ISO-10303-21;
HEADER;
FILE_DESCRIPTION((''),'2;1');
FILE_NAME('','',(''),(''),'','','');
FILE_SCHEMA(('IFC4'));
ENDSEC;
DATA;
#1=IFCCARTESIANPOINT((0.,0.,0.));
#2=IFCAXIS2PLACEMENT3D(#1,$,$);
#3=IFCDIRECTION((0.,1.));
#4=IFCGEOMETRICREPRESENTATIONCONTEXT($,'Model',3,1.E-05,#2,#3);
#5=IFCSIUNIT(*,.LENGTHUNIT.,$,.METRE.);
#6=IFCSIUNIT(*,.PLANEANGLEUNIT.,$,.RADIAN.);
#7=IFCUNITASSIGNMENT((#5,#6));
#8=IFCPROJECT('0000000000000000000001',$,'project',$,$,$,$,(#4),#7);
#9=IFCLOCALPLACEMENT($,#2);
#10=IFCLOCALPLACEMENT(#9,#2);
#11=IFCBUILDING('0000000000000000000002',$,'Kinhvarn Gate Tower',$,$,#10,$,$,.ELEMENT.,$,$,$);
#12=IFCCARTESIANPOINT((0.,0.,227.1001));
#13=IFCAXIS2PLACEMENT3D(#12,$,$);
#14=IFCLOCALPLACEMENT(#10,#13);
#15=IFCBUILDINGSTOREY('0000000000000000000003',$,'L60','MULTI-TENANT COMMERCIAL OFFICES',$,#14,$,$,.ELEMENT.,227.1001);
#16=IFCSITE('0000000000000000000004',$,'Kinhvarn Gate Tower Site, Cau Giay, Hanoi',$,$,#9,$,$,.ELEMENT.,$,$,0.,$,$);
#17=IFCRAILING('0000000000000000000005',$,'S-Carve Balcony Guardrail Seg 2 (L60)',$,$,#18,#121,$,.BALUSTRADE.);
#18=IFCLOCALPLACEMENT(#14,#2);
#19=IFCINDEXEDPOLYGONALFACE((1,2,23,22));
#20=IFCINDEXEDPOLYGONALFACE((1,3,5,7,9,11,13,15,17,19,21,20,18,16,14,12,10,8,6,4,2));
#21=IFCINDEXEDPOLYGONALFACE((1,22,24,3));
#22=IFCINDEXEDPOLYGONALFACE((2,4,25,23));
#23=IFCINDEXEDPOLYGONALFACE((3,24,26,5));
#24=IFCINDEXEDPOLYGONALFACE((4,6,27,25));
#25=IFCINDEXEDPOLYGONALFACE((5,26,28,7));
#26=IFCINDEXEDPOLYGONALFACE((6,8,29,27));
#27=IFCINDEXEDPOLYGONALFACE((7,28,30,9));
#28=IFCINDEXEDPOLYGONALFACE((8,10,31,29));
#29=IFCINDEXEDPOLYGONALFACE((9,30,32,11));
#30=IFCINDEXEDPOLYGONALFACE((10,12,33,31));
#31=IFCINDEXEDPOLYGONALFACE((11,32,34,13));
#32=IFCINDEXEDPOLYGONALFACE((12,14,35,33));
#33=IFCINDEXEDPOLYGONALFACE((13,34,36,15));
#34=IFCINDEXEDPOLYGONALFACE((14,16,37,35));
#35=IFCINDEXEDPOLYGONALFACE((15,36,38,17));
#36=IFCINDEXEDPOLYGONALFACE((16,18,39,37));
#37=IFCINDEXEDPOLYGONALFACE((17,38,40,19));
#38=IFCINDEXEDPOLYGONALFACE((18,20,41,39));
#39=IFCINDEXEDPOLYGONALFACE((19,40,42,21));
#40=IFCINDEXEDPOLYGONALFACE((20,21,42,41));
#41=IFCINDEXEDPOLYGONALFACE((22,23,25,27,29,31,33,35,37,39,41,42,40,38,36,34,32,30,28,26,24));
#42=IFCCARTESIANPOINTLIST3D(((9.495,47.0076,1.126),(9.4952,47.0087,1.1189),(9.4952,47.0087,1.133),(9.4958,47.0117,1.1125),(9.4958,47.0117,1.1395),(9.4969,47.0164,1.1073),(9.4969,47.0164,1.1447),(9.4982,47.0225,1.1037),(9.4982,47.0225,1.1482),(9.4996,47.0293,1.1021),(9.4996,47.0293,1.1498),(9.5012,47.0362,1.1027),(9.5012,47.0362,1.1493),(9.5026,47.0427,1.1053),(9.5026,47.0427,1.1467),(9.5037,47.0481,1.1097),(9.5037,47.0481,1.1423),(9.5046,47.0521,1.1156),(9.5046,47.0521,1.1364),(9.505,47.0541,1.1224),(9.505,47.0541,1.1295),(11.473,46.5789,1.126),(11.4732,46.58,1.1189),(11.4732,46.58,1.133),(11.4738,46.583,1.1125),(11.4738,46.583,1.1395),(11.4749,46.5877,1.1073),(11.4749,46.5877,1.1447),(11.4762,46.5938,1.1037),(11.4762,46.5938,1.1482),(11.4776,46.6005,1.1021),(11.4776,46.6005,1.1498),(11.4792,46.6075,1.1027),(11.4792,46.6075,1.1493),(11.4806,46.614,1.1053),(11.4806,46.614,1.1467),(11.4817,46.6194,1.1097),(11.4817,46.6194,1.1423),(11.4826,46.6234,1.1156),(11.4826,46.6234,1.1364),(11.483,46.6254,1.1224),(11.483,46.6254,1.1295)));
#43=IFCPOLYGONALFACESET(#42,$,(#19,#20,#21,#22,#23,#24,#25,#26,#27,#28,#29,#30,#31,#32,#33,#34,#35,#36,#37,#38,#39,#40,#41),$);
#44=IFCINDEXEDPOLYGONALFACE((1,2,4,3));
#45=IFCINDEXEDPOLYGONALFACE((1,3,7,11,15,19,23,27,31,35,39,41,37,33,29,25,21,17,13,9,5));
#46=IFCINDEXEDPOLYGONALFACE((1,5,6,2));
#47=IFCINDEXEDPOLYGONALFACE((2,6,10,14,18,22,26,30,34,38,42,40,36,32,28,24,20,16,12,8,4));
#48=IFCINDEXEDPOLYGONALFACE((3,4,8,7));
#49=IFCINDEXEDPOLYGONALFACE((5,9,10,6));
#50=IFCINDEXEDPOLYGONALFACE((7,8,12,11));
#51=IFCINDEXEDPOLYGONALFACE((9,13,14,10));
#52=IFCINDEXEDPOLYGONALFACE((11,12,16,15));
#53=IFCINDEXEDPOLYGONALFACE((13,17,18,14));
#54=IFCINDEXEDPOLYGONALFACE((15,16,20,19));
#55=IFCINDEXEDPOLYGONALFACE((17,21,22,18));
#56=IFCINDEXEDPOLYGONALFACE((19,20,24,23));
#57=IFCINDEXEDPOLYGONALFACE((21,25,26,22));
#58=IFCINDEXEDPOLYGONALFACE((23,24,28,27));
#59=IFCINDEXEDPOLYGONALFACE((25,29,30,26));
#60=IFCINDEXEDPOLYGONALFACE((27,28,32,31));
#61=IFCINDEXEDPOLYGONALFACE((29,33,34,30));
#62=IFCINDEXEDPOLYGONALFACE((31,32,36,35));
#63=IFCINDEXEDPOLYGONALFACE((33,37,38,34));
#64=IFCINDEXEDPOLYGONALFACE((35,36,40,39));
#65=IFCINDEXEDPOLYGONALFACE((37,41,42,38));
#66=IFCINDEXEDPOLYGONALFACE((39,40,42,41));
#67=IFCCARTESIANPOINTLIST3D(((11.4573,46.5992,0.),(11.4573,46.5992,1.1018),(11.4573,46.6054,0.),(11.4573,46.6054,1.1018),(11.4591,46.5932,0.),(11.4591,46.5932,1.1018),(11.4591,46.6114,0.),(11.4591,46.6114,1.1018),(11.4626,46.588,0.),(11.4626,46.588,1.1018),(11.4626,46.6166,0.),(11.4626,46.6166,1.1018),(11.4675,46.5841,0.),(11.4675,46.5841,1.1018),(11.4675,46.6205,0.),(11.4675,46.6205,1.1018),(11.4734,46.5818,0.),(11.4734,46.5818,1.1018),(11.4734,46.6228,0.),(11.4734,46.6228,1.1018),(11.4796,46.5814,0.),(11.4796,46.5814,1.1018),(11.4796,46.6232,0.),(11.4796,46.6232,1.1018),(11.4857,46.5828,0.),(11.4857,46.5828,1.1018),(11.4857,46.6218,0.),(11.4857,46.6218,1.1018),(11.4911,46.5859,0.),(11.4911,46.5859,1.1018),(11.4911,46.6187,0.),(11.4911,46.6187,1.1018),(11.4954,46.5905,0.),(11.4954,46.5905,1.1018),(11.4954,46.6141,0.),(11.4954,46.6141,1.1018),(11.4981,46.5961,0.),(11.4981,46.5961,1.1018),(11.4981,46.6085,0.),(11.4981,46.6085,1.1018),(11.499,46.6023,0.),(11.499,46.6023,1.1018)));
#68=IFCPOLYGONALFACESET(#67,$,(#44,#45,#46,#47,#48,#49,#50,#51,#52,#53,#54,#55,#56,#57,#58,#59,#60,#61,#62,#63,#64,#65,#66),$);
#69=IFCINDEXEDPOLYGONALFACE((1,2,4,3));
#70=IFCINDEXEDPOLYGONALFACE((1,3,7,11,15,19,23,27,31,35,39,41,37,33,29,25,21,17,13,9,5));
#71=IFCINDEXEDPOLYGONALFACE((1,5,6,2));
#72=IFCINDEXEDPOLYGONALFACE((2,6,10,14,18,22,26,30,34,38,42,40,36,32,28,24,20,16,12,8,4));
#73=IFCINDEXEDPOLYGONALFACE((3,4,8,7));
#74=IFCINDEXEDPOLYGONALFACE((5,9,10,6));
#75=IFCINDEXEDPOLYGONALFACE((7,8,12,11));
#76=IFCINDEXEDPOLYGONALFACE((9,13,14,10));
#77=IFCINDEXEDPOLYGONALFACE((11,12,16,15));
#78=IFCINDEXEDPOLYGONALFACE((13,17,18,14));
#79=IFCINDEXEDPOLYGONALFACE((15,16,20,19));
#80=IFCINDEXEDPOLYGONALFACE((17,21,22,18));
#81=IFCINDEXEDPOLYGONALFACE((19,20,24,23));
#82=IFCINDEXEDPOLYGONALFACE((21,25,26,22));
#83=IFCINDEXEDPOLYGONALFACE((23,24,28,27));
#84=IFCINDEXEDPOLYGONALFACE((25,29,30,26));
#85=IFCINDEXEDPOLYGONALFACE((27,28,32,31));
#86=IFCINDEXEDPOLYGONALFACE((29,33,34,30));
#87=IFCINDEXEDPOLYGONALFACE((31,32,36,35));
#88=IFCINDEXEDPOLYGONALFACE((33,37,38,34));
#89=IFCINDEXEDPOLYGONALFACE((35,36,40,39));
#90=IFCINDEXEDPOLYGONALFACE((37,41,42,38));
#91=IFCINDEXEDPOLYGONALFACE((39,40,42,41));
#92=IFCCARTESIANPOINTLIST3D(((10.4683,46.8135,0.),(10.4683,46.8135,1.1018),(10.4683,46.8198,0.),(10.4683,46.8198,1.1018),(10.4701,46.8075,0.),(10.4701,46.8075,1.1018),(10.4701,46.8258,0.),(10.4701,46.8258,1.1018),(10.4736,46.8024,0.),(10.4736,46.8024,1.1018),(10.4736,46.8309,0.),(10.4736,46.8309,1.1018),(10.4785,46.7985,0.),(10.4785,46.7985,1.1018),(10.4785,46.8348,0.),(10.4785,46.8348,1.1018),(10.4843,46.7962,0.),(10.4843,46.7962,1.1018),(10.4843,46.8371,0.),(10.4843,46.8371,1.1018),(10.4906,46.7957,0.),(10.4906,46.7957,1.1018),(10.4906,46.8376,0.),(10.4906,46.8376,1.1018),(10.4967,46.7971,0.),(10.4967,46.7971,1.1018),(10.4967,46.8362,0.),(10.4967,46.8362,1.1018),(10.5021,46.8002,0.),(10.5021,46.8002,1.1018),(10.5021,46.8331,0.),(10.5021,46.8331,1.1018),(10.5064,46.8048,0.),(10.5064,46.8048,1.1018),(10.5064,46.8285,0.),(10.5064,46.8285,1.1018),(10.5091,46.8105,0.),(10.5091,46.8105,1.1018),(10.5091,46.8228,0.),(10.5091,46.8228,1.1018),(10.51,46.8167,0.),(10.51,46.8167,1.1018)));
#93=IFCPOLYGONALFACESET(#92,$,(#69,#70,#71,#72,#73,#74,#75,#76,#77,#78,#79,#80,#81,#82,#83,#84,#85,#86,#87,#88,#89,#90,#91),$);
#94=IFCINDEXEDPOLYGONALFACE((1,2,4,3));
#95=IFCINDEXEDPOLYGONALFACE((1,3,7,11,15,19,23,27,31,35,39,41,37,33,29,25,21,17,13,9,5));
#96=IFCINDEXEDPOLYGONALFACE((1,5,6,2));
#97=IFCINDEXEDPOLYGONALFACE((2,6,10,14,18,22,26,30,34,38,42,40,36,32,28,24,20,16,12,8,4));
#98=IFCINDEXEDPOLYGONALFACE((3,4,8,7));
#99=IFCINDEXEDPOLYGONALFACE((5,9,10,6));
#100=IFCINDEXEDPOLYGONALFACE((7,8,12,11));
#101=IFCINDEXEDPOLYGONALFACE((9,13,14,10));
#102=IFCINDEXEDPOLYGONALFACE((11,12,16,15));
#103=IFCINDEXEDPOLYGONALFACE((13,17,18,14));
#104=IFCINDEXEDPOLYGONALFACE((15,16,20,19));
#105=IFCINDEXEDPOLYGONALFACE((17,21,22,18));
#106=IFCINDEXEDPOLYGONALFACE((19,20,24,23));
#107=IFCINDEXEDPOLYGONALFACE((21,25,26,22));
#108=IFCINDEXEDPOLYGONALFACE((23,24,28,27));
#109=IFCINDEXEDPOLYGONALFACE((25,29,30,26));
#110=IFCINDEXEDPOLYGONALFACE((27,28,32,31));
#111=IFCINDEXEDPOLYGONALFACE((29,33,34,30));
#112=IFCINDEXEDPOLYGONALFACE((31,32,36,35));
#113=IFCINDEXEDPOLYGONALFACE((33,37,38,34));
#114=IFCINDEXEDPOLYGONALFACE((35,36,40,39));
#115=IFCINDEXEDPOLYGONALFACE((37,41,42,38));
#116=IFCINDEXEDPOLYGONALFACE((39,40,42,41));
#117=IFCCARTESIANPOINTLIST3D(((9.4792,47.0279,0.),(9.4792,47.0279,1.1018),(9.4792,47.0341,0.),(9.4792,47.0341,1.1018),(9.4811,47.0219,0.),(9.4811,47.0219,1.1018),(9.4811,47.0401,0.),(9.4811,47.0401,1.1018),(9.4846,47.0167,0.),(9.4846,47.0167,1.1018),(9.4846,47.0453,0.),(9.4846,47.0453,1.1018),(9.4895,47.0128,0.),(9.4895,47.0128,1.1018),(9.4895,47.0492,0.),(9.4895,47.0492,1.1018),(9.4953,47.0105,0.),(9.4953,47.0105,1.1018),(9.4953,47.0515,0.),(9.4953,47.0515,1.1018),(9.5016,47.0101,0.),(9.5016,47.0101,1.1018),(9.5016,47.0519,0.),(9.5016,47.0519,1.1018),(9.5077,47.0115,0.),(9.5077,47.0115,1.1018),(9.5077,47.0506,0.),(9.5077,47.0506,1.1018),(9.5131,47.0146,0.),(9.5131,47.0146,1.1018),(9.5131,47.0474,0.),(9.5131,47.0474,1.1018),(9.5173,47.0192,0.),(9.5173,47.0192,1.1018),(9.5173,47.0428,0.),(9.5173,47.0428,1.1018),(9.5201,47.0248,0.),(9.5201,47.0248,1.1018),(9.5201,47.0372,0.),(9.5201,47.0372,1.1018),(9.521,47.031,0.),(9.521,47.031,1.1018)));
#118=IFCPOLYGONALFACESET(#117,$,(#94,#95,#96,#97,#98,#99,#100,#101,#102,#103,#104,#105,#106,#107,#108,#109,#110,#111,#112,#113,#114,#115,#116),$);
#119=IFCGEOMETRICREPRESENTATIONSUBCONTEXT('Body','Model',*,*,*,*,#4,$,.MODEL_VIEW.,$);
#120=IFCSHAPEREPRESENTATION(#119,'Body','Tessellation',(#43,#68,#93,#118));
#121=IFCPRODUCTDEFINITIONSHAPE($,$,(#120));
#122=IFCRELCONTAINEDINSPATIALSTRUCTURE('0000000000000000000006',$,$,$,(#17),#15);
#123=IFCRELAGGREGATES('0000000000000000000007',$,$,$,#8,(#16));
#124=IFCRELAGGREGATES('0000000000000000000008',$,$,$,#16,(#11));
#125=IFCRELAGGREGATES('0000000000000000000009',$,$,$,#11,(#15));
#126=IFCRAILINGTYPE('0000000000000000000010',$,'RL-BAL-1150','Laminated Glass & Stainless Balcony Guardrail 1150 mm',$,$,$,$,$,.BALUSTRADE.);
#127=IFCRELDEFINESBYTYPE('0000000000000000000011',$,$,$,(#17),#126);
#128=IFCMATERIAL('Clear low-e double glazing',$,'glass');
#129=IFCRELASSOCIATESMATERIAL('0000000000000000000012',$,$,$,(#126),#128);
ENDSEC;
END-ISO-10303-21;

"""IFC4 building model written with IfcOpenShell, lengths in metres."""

from ifc_helpers import new_model, si_unit, direction, frame, origin, origin_2d, place, context, subcontext, project, spatial, circle, extrude, material, type_object, element, save


model = new_model("IFC4")

# Units and contexts
model_context = context("Model", 3, precision=1e-05, world=origin(), true_north=direction((0.0, 1.0)))
body_context = subcontext(model_context, "Body", "Model", "MODEL_VIEW")
ifc_project = project(units=[si_unit("LENGTHUNIT", "METRE"), si_unit("PLANEANGLEUNIT", "RADIAN")], contexts=[model_context])

# Site, building, storey
site_placement = place(None, origin())
site = spatial("IfcSite", under=ifc_project, at=site_placement, Name="Kinhvarn Gate Tower Site, Cau Giay, Hanoi", CompositionType="ELEMENT", RefElevation=0.0)
building_placement = place(site_placement, origin())
building = spatial("IfcBuilding", under=site, at=building_placement, Name="Kinhvarn Gate Tower", CompositionType="ELEMENT")
storey_placement = place(building_placement, frame((0.0, 0.0, 227.1001)))
storey = spatial("IfcBuildingStorey", under=building, at=storey_placement, Name="L60", Description="MULTI-TENANT COMMERCIAL OFFICES", CompositionType="ELEMENT", Elevation=227.1001)

# Shared definitions
ifc_material_1 = material(Name="Clear low-e double glazing", Category="glass")

# Railing
railing_type_1 = type_object("IfcRailingType", Name="RL-BAL-1150", Description="Laminated Glass & Stainless Balcony Guardrail 1150 mm", PredefinedType="BALUSTRADE", material=ifc_material_1)
railing_1_placement = place(storey_placement, frame((11.478, 46.6023, 0.0)))
element("IfcRailing", 1, at=railing_1_placement, inside=storey, type_object=railing_type_1, Name="S-Carve Balcony Guardrail Seg 2 (L60)", PredefinedType="BALUSTRADE", context=body_context, shape_type="SweptSolid", body=[
    extrude(circle(Radius=0.0239, at=origin_2d()), frame((0.0, 0.0, 1.126), z_axis=(-0.977309, 0.211819, 0.0), x_axis=(-0.211819, -0.977309, 0.0)), (0.0, 0.0, 1.0), 2.0239),
    extrude(circle(Radius=0.021, at=origin_2d()), origin(), (0.0, 0.0, 1.0), 1.1018),
    extrude(circle(Radius=0.021, at=origin_2d()), frame((-0.989, 0.2144, 0.0)), (0.0, 0.0, 1.0), 1.1018),
    extrude(circle(Radius=0.021, at=origin_2d()), frame((-1.978, 0.4287, 0.0)), (0.0, 0.0, 1.0), 1.1018),
])

save(model, "model.ifc")
